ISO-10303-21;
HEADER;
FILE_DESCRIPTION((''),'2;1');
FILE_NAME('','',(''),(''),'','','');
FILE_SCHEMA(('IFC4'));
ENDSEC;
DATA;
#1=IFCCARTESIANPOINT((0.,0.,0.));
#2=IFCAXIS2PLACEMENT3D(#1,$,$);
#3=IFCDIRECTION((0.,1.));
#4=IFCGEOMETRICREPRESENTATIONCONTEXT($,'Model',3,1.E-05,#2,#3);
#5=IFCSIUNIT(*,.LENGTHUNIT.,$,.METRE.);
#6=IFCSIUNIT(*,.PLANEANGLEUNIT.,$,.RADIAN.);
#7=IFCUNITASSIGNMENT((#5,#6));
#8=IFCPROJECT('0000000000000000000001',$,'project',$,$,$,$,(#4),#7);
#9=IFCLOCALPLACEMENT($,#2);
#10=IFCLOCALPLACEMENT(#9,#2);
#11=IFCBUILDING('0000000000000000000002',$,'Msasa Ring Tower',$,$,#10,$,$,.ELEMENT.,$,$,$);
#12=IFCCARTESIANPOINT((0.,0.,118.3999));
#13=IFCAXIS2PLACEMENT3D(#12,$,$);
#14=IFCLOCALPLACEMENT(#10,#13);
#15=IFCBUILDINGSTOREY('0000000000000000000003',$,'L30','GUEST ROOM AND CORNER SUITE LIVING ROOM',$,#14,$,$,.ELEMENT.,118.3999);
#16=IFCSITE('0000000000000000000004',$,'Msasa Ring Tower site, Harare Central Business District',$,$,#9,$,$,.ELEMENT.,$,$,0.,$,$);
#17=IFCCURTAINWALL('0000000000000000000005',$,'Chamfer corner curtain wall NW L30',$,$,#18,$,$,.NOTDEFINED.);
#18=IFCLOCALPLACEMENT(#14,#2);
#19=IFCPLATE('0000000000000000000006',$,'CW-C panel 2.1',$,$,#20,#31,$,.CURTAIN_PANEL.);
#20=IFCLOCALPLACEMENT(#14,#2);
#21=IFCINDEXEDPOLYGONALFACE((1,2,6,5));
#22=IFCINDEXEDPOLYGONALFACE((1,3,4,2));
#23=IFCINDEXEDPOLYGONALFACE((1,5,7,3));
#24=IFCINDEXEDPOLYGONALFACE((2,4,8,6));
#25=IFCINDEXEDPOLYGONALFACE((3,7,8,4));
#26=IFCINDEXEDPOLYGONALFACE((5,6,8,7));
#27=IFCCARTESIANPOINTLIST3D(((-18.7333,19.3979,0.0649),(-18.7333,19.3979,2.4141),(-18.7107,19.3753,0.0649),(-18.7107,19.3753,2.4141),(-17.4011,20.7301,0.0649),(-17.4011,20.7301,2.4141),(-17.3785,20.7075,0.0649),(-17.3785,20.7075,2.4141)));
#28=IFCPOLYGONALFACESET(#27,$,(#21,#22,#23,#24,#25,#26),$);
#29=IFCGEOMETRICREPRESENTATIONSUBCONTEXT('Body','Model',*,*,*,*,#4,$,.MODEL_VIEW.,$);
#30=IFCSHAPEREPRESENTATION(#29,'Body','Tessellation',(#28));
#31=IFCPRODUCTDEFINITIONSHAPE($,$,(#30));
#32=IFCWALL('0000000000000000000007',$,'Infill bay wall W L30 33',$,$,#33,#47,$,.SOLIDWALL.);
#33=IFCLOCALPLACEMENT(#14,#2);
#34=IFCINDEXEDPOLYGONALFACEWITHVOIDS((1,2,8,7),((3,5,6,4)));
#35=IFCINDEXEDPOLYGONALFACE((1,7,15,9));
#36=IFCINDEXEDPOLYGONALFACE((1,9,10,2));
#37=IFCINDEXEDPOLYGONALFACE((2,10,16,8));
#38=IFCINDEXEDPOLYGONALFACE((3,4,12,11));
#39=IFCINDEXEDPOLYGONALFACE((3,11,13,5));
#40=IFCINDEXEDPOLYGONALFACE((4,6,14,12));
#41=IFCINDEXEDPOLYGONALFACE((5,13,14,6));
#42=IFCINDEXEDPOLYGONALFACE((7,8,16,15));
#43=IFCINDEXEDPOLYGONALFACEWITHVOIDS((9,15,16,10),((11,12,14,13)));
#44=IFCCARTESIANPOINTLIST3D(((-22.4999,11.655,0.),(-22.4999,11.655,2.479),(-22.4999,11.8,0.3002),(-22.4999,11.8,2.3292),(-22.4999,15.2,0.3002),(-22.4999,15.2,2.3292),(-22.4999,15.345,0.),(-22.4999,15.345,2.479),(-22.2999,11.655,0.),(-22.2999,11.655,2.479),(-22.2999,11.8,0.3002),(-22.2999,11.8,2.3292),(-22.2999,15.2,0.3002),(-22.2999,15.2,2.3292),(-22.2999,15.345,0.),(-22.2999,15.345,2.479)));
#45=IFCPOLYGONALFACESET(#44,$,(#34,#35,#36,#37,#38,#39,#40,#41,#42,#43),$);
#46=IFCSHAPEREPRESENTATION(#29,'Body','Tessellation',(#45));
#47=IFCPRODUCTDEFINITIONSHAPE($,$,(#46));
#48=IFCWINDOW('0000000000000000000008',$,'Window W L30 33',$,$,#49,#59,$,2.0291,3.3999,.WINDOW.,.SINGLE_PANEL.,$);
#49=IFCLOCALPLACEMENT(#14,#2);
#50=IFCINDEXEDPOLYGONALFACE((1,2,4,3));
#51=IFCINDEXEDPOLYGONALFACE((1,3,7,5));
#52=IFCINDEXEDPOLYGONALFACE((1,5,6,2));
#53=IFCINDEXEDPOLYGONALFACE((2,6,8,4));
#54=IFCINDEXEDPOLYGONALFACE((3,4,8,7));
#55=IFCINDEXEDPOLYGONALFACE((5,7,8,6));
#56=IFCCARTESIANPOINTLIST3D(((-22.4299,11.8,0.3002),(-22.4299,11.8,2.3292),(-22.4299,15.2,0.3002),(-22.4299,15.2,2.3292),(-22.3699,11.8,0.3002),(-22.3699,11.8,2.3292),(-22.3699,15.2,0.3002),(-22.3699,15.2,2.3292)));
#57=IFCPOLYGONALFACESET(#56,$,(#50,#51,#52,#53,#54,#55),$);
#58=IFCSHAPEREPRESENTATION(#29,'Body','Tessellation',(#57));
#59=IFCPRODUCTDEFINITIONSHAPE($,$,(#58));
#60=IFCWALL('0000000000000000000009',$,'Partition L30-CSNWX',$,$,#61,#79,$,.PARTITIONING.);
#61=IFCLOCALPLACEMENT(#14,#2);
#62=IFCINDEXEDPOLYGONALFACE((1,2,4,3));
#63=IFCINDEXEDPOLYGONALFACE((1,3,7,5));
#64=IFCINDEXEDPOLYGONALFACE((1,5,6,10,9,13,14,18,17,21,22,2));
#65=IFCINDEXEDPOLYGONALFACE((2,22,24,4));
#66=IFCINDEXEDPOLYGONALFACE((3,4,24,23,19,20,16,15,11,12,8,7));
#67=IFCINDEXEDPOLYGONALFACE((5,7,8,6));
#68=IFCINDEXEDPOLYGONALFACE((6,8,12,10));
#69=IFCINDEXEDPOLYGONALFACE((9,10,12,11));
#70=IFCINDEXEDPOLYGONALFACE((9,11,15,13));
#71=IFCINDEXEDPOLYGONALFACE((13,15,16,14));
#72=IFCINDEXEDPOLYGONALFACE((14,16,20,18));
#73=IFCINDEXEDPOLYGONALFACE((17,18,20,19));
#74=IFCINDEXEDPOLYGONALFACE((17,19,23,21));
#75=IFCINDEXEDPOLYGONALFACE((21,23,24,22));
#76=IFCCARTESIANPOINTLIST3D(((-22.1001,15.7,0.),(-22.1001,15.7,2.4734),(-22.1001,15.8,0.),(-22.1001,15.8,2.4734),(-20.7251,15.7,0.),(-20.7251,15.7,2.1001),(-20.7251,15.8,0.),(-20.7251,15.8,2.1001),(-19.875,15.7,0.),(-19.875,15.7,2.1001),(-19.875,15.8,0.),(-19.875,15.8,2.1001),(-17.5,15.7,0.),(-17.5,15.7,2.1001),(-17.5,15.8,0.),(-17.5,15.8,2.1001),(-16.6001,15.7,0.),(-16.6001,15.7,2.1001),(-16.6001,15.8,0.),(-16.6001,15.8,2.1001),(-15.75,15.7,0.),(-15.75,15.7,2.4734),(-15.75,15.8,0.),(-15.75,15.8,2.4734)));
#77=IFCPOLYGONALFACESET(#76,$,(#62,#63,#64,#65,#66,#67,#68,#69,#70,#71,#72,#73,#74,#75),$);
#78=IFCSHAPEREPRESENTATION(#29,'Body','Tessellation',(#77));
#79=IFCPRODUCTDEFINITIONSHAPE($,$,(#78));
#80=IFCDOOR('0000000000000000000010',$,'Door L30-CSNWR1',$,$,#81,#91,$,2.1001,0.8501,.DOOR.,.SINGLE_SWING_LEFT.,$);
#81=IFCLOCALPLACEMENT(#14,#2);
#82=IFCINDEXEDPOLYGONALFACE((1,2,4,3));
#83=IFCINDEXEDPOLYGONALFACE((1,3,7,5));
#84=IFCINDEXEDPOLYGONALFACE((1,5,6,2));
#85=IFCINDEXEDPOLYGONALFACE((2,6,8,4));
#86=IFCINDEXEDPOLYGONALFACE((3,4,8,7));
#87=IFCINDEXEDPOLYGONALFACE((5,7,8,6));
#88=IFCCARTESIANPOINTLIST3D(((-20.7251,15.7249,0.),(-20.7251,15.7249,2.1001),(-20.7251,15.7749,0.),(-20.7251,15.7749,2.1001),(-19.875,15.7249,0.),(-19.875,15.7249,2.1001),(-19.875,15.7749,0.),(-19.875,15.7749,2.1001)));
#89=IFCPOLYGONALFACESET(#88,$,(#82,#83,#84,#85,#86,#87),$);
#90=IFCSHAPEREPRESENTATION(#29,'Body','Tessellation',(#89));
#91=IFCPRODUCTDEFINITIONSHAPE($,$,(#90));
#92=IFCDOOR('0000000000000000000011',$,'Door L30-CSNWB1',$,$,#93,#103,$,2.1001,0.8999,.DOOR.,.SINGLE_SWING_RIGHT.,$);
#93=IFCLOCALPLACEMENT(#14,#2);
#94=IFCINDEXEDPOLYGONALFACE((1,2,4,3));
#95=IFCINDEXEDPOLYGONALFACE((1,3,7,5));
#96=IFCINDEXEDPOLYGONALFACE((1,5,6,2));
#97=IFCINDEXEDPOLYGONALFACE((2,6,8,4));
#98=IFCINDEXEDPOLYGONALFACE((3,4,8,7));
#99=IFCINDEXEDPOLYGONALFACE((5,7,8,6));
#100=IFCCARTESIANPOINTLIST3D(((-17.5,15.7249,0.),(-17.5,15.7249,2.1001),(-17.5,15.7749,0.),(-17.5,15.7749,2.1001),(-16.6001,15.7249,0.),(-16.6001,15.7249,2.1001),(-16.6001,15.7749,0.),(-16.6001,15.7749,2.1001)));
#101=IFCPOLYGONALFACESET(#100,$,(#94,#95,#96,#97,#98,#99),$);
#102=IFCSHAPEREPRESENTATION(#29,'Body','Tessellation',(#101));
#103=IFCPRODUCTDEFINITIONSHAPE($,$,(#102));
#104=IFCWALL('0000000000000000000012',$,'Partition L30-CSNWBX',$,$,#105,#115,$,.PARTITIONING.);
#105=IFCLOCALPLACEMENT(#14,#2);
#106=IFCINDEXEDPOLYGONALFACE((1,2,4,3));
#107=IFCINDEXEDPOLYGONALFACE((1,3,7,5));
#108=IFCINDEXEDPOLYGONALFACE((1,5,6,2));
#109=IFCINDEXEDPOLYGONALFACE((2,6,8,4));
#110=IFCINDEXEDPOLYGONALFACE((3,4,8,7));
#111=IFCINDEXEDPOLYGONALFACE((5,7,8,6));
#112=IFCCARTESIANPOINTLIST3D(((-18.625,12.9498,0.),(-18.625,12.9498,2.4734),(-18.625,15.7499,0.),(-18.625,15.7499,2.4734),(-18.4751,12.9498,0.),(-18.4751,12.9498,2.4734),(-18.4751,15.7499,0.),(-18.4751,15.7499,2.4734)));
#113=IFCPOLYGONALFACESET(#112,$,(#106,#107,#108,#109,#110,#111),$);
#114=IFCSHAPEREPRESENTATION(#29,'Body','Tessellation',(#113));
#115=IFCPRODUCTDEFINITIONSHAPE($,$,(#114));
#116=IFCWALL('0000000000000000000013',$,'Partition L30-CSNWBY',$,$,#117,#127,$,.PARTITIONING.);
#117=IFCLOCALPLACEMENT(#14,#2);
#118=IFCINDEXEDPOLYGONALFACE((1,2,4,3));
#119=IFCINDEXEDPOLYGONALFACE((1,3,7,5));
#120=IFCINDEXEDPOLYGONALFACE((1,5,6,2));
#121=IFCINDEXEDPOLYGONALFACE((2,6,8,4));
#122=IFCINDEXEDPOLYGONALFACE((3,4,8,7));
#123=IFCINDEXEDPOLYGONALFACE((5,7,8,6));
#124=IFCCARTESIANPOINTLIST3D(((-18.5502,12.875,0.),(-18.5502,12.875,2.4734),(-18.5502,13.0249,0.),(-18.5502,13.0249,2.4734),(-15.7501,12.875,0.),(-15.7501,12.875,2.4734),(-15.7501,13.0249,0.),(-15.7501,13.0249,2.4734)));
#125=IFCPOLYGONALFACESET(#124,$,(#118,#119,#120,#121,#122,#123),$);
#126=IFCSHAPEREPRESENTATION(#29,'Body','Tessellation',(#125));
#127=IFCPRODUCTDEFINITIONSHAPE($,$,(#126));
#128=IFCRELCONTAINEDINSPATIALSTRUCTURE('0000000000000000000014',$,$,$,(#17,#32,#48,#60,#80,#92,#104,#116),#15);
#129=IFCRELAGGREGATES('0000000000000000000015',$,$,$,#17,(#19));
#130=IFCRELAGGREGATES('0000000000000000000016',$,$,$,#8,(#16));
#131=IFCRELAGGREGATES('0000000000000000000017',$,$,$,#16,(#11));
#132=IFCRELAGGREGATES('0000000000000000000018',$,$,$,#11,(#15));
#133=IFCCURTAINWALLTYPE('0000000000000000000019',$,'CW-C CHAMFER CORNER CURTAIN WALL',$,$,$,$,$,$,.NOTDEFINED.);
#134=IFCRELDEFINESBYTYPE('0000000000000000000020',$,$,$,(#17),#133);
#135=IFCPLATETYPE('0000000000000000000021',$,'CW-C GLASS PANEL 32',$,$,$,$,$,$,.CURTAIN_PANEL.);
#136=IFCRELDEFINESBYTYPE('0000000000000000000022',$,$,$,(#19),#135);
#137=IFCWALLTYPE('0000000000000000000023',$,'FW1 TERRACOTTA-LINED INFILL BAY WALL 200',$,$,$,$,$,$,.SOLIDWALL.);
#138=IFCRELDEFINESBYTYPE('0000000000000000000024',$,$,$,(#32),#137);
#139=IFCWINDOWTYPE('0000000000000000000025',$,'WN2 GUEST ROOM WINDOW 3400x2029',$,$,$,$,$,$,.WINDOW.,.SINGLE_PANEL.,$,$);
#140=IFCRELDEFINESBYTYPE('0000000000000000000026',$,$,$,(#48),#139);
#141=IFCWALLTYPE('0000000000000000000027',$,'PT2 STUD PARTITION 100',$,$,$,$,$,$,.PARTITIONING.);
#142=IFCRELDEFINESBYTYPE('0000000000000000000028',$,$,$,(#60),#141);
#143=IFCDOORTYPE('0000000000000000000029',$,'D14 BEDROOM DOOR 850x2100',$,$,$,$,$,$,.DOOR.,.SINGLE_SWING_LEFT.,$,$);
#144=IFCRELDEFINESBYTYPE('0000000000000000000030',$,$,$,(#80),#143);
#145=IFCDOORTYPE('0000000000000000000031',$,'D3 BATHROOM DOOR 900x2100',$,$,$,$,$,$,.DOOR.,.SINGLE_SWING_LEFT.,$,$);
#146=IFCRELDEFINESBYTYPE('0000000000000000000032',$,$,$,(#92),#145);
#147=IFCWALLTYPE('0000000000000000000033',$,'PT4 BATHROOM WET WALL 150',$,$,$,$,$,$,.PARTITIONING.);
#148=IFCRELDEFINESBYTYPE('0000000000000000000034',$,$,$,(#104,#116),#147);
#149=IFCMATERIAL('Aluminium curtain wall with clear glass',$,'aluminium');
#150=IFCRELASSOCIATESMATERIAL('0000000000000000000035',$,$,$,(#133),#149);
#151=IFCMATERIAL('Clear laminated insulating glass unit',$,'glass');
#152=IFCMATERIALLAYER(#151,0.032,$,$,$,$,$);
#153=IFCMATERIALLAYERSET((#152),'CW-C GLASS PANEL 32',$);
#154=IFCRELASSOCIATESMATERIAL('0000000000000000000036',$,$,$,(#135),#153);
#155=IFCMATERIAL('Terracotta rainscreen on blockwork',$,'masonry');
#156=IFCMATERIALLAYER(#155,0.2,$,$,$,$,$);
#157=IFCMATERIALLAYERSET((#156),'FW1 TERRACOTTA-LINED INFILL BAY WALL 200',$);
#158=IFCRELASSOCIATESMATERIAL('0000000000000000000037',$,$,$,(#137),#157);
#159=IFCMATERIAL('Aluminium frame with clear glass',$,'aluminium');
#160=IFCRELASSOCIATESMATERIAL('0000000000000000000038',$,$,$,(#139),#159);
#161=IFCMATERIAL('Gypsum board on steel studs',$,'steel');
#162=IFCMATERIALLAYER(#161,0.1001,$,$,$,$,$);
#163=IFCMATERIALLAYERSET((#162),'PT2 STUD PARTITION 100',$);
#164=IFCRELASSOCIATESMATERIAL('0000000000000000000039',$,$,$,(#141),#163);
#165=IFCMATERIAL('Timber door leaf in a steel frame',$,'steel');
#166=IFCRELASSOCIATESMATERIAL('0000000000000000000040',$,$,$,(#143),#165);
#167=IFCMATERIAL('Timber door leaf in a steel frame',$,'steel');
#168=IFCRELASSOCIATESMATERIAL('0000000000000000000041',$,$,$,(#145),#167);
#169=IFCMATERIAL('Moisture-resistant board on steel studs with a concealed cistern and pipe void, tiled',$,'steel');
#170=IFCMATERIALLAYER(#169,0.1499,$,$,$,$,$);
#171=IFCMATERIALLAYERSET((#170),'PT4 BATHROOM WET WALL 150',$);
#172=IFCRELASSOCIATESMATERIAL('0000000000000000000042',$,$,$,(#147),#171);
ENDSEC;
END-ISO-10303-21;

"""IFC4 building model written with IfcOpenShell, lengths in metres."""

from ifc_helpers import new_model, si_unit, direction, frame, frame_2d, origin, origin_2d, place, context, subcontext, project, spatial, rectangle, extrude, material, layer, layer_set, type_object, element, fill, aggregate, save


model = new_model("IFC4")

# Units and contexts
model_context = context("Model", 3, precision=1e-05, world=origin(), true_north=direction((0.0, 1.0)))
body_context = subcontext(model_context, "Body", "Model", "MODEL_VIEW")
ifc_project = project(units=[si_unit("LENGTHUNIT", "METRE"), si_unit("PLANEANGLEUNIT", "RADIAN")], contexts=[model_context])

# Site, building, storey
site_placement = place(None, origin())
site = spatial("IfcSite", under=ifc_project, at=site_placement, Name="Msasa Ring Tower site, Harare Central Business District", CompositionType="ELEMENT", RefElevation=0.0)
building_placement = place(site_placement, origin())
building = spatial("IfcBuilding", under=site, at=building_placement, Name="Msasa Ring Tower", CompositionType="ELEMENT")
storey_placement = place(building_placement, frame((0.0, 0.0, 118.3999)))
storey = spatial("IfcBuildingStorey", under=building, at=storey_placement, Name="L30", Description="GUEST ROOM AND CORNER SUITE LIVING ROOM", CompositionType="ELEMENT", Elevation=118.3999)

# Curtain wall
ifc_material_1 = material(Name="Aluminium curtain wall with clear glass", Category="aluminium")
curtain_wall_type = type_object("IfcCurtainWallType", Name="CW-C CHAMFER CORNER CURTAIN WALL", PredefinedType="NOTDEFINED", material=ifc_material_1)
curtain_wall_1_placement = place(storey_placement, origin())
curtain_wall_1 = element("IfcCurtainWall", 1, at=curtain_wall_1_placement, inside=storey, type_object=curtain_wall_type, Name="Chamfer corner curtain wall NW L30", PredefinedType="NOTDEFINED")

# Plate
ifc_material_2 = material(Name="Clear laminated insulating glass unit", Category="glass")
ifc_layer_1 = layer(ifc_material_2, 0.032)
ifc_layer_set_1 = layer_set([ifc_layer_1], Name="CW-C GLASS PANEL 32")
plate_type = type_object("IfcPlateType", Name="CW-C GLASS PANEL 32", PredefinedType="CURTAIN_PANEL", material=ifc_layer_set_1)
plate_1_placement = place(storey_placement, frame((-18.0559, 20.0527, 0.0649), z_axis=(0.0, 0.0, 1.0), x_axis=(-0.707107, -0.707107, 0.0)))
plate_1 = element("IfcPlate", 2, at=plate_1_placement, type_object=plate_type, Name="CW-C panel 2.1", PredefinedType="CURTAIN_PANEL", context=body_context, shape_type="SweptSolid", body=[
    extrude(rectangle(XDim=1.884, YDim=0.032, at=origin_2d()), origin(), (0.0, 0.0, 1.0), 2.3491),
])
aggregate(curtain_wall_1, [plate_1])

# Wall, opening, window
ifc_material_3 = material(Name="Terracotta rainscreen on blockwork", Category="masonry")
ifc_layer_2 = layer(ifc_material_3, 0.2)
ifc_layer_set_2 = layer_set([ifc_layer_2], Name="FW1 TERRACOTTA-LINED INFILL BAY WALL 200")
wall_type_1 = type_object("IfcWallType", Name="FW1 TERRACOTTA-LINED INFILL BAY WALL 200", PredefinedType="SOLIDWALL", material=ifc_layer_set_2)
wall_1_placement = place(storey_placement, frame((-22.3999, 11.655, 0.0), z_axis=(0.0, 0.0, 1.0), x_axis=(0.0, 1.0, 0.0)))
wall_1 = element("IfcWall", 3, at=wall_1_placement, inside=storey, type_object=wall_type_1, Name="Infill bay wall W L30 33", PredefinedType="SOLIDWALL", context=body_context, shape_type="SweptSolid", body=[
    extrude(rectangle(XDim=3.6899, YDim=0.2, at=frame_2d((1.845, 0.0))), origin(), (0.0, 0.0, 1.0), 2.479),
])
opening_1_placement = place(wall_1_placement, frame((0.145, 0.0, 0.3)))
opening_1 = element("IfcOpeningElement", 4, at=opening_1_placement, cuts=wall_1, PredefinedType="OPENING", context=body_context, shape_type="SweptSolid", body=[
    extrude(rectangle(XDim=3.3999, YDim=2.0291, at=frame_2d((1.7, 1.0146))), frame((0.0, 0.1099, 0.0), z_axis=(0.0, -1.0, 0.0), x_axis=(1.0, 0.0, 0.0)), (0.0, 0.0, 1.0), 0.22),
])
ifc_material_4 = material(Name="Aluminium frame with clear glass", Category="aluminium")
window_type = type_object("IfcWindowType", Name="WN2 GUEST ROOM WINDOW 3400x2029", PartitioningType="SINGLE_PANEL", PredefinedType="WINDOW", material=ifc_material_4)
window_placement = place(opening_1_placement, origin())
window = element("IfcWindow", 5, at=window_placement, inside=storey, type_object=window_type, Name="Window W L30 33", OverallHeight=2.0291, OverallWidth=3.3999, PartitioningType="SINGLE_PANEL", PredefinedType="WINDOW", context=body_context, shape_type="SweptSolid", body=[
    extrude(rectangle(XDim=3.3999, YDim=2.0291, at=frame_2d((1.7, 1.0146))), frame((0.0, 0.03, 0.0), z_axis=(0.0, -1.0, 0.0), x_axis=(1.0, 0.0, 0.0)), (0.0, 0.0, 1.0), 0.0601),
])
fill(opening_1, window)

# Wall, openings, doors
ifc_material_5 = material(Name="Gypsum board on steel studs", Category="steel")
ifc_layer_3 = layer(ifc_material_5, 0.1001)
ifc_layer_set_3 = layer_set([ifc_layer_3], Name="PT2 STUD PARTITION 100")
wall_type_2 = type_object("IfcWallType", Name="PT2 STUD PARTITION 100", PredefinedType="PARTITIONING", material=ifc_layer_set_3)
wall_2_placement = place(storey_placement, frame((-22.1001, 15.75, 0.0), z_axis=(0.0, 0.0, 1.0), x_axis=(1.0, 0.0, 0.0)))
wall_2 = element("IfcWall", 6, at=wall_2_placement, inside=storey, type_object=wall_type_2, Name="Partition L30-CSNWX", PredefinedType="PARTITIONING", context=body_context, shape_type="SweptSolid", body=[
    extrude(rectangle(XDim=6.3501, YDim=0.1001, at=frame_2d((3.175, 0.0))), origin(), (0.0, 0.0, 1.0), 2.4734),
])
opening_2_placement = place(wall_2_placement, frame((1.375, 0.0, 0.0)))
opening_2 = element("IfcOpeningElement", 7, at=opening_2_placement, cuts=wall_2, PredefinedType="OPENING", context=body_context, shape_type="SweptSolid", body=[
    extrude(rectangle(XDim=0.8501, YDim=2.1001, at=frame_2d((0.425, 1.05))), frame((0.0, 0.0601, 0.0), z_axis=(0.0, -1.0, 0.0), x_axis=(1.0, 0.0, 0.0)), (0.0, 0.0, 1.0), 0.1201),
])
opening_3_placement = place(wall_2_placement, frame((4.6001, 0.0, 0.0)))
opening_3 = element("IfcOpeningElement", 8, at=opening_3_placement, cuts=wall_2, PredefinedType="OPENING", context=body_context, shape_type="SweptSolid", body=[
    extrude(rectangle(XDim=0.8999, YDim=2.1001, at=frame_2d((0.45, 1.05))), frame((0.0, 0.0601, 0.0), z_axis=(0.0, -1.0, 0.0), x_axis=(1.0, 0.0, 0.0)), (0.0, 0.0, 1.0), 0.1201),
])
ifc_material_6 = material(Name="Timber door leaf in a steel frame", Category="steel")
door_type_1 = type_object("IfcDoorType", Name="D14 BEDROOM DOOR 850x2100", OperationType="SINGLE_SWING_LEFT", PredefinedType="DOOR", material=ifc_material_6)
door_1_placement = place(opening_2_placement, origin())
door_1 = element("IfcDoor", 9, at=door_1_placement, inside=storey, type_object=door_type_1, Name="Door L30-CSNWR1", OperationType="SINGLE_SWING_LEFT", OverallHeight=2.1001, OverallWidth=0.8501, PredefinedType="DOOR", context=body_context, shape_type="SweptSolid", body=[
    extrude(rectangle(XDim=0.8501, YDim=2.1001, at=frame_2d((0.425, 1.05))), frame((0.0, 0.0249, 0.0), z_axis=(0.0, -1.0, 0.0), x_axis=(1.0, 0.0, 0.0)), (0.0, 0.0, 1.0), 0.05),
])
fill(opening_2, door_1)
ifc_material_7 = material(Name="Timber door leaf in a steel frame", Category="steel")
door_type_2 = type_object("IfcDoorType", Name="D3 BATHROOM DOOR 900x2100", OperationType="SINGLE_SWING_LEFT", PredefinedType="DOOR", material=ifc_material_7)
door_2_placement = place(opening_3_placement, origin())
door_2 = element("IfcDoor", 10, at=door_2_placement, inside=storey, type_object=door_type_2, Name="Door L30-CSNWB1", OperationType="SINGLE_SWING_RIGHT", OverallHeight=2.1001, OverallWidth=0.8999, PredefinedType="DOOR", context=body_context, shape_type="SweptSolid", body=[
    extrude(rectangle(XDim=0.8999, YDim=2.1001, at=frame_2d((0.45, 1.05))), frame((0.0, 0.0249, 0.0), z_axis=(0.0, -1.0, 0.0), x_axis=(1.0, 0.0, 0.0)), (0.0, 0.0, 1.0), 0.05),
])
fill(opening_3, door_2)

# Walls
ifc_material_8 = material(Name="Moisture-resistant board on steel studs with a concealed cistern and pipe void, tiled", Category="steel")
ifc_layer_4 = layer(ifc_material_8, 0.1499)
ifc_layer_set_4 = layer_set([ifc_layer_4], Name="PT4 BATHROOM WET WALL 150")
wall_type_3 = type_object("IfcWallType", Name="PT4 BATHROOM WET WALL 150", PredefinedType="PARTITIONING", material=ifc_layer_set_4)
for number, where, z_axis, x_axis, name in (
    (11, (-18.55, 12.95, 0.0), (0.0, 0.0, 1.0), (0.0, 1.0, 0.0), "Partition L30-CSNWBX"),
    (12, (-18.55, 12.95, 0.0), (0.0, 0.0, 1.0), (1.0, 0.0, 0.0), "Partition L30-CSNWBY"),
):
    element("IfcWall", number, at=place(storey_placement, frame(where, z_axis=z_axis, x_axis=x_axis)), inside=storey, type_object=wall_type_3, Name=name, PredefinedType="PARTITIONING", context=body_context, shape_type="SweptSolid", body=[
        extrude(rectangle(XDim=2.8, YDim=0.1499, at=frame_2d((1.3999, 0.0))), origin(), (0.0, 0.0, 1.0), 2.4734),
    ])

save(model, "model.ifc")
